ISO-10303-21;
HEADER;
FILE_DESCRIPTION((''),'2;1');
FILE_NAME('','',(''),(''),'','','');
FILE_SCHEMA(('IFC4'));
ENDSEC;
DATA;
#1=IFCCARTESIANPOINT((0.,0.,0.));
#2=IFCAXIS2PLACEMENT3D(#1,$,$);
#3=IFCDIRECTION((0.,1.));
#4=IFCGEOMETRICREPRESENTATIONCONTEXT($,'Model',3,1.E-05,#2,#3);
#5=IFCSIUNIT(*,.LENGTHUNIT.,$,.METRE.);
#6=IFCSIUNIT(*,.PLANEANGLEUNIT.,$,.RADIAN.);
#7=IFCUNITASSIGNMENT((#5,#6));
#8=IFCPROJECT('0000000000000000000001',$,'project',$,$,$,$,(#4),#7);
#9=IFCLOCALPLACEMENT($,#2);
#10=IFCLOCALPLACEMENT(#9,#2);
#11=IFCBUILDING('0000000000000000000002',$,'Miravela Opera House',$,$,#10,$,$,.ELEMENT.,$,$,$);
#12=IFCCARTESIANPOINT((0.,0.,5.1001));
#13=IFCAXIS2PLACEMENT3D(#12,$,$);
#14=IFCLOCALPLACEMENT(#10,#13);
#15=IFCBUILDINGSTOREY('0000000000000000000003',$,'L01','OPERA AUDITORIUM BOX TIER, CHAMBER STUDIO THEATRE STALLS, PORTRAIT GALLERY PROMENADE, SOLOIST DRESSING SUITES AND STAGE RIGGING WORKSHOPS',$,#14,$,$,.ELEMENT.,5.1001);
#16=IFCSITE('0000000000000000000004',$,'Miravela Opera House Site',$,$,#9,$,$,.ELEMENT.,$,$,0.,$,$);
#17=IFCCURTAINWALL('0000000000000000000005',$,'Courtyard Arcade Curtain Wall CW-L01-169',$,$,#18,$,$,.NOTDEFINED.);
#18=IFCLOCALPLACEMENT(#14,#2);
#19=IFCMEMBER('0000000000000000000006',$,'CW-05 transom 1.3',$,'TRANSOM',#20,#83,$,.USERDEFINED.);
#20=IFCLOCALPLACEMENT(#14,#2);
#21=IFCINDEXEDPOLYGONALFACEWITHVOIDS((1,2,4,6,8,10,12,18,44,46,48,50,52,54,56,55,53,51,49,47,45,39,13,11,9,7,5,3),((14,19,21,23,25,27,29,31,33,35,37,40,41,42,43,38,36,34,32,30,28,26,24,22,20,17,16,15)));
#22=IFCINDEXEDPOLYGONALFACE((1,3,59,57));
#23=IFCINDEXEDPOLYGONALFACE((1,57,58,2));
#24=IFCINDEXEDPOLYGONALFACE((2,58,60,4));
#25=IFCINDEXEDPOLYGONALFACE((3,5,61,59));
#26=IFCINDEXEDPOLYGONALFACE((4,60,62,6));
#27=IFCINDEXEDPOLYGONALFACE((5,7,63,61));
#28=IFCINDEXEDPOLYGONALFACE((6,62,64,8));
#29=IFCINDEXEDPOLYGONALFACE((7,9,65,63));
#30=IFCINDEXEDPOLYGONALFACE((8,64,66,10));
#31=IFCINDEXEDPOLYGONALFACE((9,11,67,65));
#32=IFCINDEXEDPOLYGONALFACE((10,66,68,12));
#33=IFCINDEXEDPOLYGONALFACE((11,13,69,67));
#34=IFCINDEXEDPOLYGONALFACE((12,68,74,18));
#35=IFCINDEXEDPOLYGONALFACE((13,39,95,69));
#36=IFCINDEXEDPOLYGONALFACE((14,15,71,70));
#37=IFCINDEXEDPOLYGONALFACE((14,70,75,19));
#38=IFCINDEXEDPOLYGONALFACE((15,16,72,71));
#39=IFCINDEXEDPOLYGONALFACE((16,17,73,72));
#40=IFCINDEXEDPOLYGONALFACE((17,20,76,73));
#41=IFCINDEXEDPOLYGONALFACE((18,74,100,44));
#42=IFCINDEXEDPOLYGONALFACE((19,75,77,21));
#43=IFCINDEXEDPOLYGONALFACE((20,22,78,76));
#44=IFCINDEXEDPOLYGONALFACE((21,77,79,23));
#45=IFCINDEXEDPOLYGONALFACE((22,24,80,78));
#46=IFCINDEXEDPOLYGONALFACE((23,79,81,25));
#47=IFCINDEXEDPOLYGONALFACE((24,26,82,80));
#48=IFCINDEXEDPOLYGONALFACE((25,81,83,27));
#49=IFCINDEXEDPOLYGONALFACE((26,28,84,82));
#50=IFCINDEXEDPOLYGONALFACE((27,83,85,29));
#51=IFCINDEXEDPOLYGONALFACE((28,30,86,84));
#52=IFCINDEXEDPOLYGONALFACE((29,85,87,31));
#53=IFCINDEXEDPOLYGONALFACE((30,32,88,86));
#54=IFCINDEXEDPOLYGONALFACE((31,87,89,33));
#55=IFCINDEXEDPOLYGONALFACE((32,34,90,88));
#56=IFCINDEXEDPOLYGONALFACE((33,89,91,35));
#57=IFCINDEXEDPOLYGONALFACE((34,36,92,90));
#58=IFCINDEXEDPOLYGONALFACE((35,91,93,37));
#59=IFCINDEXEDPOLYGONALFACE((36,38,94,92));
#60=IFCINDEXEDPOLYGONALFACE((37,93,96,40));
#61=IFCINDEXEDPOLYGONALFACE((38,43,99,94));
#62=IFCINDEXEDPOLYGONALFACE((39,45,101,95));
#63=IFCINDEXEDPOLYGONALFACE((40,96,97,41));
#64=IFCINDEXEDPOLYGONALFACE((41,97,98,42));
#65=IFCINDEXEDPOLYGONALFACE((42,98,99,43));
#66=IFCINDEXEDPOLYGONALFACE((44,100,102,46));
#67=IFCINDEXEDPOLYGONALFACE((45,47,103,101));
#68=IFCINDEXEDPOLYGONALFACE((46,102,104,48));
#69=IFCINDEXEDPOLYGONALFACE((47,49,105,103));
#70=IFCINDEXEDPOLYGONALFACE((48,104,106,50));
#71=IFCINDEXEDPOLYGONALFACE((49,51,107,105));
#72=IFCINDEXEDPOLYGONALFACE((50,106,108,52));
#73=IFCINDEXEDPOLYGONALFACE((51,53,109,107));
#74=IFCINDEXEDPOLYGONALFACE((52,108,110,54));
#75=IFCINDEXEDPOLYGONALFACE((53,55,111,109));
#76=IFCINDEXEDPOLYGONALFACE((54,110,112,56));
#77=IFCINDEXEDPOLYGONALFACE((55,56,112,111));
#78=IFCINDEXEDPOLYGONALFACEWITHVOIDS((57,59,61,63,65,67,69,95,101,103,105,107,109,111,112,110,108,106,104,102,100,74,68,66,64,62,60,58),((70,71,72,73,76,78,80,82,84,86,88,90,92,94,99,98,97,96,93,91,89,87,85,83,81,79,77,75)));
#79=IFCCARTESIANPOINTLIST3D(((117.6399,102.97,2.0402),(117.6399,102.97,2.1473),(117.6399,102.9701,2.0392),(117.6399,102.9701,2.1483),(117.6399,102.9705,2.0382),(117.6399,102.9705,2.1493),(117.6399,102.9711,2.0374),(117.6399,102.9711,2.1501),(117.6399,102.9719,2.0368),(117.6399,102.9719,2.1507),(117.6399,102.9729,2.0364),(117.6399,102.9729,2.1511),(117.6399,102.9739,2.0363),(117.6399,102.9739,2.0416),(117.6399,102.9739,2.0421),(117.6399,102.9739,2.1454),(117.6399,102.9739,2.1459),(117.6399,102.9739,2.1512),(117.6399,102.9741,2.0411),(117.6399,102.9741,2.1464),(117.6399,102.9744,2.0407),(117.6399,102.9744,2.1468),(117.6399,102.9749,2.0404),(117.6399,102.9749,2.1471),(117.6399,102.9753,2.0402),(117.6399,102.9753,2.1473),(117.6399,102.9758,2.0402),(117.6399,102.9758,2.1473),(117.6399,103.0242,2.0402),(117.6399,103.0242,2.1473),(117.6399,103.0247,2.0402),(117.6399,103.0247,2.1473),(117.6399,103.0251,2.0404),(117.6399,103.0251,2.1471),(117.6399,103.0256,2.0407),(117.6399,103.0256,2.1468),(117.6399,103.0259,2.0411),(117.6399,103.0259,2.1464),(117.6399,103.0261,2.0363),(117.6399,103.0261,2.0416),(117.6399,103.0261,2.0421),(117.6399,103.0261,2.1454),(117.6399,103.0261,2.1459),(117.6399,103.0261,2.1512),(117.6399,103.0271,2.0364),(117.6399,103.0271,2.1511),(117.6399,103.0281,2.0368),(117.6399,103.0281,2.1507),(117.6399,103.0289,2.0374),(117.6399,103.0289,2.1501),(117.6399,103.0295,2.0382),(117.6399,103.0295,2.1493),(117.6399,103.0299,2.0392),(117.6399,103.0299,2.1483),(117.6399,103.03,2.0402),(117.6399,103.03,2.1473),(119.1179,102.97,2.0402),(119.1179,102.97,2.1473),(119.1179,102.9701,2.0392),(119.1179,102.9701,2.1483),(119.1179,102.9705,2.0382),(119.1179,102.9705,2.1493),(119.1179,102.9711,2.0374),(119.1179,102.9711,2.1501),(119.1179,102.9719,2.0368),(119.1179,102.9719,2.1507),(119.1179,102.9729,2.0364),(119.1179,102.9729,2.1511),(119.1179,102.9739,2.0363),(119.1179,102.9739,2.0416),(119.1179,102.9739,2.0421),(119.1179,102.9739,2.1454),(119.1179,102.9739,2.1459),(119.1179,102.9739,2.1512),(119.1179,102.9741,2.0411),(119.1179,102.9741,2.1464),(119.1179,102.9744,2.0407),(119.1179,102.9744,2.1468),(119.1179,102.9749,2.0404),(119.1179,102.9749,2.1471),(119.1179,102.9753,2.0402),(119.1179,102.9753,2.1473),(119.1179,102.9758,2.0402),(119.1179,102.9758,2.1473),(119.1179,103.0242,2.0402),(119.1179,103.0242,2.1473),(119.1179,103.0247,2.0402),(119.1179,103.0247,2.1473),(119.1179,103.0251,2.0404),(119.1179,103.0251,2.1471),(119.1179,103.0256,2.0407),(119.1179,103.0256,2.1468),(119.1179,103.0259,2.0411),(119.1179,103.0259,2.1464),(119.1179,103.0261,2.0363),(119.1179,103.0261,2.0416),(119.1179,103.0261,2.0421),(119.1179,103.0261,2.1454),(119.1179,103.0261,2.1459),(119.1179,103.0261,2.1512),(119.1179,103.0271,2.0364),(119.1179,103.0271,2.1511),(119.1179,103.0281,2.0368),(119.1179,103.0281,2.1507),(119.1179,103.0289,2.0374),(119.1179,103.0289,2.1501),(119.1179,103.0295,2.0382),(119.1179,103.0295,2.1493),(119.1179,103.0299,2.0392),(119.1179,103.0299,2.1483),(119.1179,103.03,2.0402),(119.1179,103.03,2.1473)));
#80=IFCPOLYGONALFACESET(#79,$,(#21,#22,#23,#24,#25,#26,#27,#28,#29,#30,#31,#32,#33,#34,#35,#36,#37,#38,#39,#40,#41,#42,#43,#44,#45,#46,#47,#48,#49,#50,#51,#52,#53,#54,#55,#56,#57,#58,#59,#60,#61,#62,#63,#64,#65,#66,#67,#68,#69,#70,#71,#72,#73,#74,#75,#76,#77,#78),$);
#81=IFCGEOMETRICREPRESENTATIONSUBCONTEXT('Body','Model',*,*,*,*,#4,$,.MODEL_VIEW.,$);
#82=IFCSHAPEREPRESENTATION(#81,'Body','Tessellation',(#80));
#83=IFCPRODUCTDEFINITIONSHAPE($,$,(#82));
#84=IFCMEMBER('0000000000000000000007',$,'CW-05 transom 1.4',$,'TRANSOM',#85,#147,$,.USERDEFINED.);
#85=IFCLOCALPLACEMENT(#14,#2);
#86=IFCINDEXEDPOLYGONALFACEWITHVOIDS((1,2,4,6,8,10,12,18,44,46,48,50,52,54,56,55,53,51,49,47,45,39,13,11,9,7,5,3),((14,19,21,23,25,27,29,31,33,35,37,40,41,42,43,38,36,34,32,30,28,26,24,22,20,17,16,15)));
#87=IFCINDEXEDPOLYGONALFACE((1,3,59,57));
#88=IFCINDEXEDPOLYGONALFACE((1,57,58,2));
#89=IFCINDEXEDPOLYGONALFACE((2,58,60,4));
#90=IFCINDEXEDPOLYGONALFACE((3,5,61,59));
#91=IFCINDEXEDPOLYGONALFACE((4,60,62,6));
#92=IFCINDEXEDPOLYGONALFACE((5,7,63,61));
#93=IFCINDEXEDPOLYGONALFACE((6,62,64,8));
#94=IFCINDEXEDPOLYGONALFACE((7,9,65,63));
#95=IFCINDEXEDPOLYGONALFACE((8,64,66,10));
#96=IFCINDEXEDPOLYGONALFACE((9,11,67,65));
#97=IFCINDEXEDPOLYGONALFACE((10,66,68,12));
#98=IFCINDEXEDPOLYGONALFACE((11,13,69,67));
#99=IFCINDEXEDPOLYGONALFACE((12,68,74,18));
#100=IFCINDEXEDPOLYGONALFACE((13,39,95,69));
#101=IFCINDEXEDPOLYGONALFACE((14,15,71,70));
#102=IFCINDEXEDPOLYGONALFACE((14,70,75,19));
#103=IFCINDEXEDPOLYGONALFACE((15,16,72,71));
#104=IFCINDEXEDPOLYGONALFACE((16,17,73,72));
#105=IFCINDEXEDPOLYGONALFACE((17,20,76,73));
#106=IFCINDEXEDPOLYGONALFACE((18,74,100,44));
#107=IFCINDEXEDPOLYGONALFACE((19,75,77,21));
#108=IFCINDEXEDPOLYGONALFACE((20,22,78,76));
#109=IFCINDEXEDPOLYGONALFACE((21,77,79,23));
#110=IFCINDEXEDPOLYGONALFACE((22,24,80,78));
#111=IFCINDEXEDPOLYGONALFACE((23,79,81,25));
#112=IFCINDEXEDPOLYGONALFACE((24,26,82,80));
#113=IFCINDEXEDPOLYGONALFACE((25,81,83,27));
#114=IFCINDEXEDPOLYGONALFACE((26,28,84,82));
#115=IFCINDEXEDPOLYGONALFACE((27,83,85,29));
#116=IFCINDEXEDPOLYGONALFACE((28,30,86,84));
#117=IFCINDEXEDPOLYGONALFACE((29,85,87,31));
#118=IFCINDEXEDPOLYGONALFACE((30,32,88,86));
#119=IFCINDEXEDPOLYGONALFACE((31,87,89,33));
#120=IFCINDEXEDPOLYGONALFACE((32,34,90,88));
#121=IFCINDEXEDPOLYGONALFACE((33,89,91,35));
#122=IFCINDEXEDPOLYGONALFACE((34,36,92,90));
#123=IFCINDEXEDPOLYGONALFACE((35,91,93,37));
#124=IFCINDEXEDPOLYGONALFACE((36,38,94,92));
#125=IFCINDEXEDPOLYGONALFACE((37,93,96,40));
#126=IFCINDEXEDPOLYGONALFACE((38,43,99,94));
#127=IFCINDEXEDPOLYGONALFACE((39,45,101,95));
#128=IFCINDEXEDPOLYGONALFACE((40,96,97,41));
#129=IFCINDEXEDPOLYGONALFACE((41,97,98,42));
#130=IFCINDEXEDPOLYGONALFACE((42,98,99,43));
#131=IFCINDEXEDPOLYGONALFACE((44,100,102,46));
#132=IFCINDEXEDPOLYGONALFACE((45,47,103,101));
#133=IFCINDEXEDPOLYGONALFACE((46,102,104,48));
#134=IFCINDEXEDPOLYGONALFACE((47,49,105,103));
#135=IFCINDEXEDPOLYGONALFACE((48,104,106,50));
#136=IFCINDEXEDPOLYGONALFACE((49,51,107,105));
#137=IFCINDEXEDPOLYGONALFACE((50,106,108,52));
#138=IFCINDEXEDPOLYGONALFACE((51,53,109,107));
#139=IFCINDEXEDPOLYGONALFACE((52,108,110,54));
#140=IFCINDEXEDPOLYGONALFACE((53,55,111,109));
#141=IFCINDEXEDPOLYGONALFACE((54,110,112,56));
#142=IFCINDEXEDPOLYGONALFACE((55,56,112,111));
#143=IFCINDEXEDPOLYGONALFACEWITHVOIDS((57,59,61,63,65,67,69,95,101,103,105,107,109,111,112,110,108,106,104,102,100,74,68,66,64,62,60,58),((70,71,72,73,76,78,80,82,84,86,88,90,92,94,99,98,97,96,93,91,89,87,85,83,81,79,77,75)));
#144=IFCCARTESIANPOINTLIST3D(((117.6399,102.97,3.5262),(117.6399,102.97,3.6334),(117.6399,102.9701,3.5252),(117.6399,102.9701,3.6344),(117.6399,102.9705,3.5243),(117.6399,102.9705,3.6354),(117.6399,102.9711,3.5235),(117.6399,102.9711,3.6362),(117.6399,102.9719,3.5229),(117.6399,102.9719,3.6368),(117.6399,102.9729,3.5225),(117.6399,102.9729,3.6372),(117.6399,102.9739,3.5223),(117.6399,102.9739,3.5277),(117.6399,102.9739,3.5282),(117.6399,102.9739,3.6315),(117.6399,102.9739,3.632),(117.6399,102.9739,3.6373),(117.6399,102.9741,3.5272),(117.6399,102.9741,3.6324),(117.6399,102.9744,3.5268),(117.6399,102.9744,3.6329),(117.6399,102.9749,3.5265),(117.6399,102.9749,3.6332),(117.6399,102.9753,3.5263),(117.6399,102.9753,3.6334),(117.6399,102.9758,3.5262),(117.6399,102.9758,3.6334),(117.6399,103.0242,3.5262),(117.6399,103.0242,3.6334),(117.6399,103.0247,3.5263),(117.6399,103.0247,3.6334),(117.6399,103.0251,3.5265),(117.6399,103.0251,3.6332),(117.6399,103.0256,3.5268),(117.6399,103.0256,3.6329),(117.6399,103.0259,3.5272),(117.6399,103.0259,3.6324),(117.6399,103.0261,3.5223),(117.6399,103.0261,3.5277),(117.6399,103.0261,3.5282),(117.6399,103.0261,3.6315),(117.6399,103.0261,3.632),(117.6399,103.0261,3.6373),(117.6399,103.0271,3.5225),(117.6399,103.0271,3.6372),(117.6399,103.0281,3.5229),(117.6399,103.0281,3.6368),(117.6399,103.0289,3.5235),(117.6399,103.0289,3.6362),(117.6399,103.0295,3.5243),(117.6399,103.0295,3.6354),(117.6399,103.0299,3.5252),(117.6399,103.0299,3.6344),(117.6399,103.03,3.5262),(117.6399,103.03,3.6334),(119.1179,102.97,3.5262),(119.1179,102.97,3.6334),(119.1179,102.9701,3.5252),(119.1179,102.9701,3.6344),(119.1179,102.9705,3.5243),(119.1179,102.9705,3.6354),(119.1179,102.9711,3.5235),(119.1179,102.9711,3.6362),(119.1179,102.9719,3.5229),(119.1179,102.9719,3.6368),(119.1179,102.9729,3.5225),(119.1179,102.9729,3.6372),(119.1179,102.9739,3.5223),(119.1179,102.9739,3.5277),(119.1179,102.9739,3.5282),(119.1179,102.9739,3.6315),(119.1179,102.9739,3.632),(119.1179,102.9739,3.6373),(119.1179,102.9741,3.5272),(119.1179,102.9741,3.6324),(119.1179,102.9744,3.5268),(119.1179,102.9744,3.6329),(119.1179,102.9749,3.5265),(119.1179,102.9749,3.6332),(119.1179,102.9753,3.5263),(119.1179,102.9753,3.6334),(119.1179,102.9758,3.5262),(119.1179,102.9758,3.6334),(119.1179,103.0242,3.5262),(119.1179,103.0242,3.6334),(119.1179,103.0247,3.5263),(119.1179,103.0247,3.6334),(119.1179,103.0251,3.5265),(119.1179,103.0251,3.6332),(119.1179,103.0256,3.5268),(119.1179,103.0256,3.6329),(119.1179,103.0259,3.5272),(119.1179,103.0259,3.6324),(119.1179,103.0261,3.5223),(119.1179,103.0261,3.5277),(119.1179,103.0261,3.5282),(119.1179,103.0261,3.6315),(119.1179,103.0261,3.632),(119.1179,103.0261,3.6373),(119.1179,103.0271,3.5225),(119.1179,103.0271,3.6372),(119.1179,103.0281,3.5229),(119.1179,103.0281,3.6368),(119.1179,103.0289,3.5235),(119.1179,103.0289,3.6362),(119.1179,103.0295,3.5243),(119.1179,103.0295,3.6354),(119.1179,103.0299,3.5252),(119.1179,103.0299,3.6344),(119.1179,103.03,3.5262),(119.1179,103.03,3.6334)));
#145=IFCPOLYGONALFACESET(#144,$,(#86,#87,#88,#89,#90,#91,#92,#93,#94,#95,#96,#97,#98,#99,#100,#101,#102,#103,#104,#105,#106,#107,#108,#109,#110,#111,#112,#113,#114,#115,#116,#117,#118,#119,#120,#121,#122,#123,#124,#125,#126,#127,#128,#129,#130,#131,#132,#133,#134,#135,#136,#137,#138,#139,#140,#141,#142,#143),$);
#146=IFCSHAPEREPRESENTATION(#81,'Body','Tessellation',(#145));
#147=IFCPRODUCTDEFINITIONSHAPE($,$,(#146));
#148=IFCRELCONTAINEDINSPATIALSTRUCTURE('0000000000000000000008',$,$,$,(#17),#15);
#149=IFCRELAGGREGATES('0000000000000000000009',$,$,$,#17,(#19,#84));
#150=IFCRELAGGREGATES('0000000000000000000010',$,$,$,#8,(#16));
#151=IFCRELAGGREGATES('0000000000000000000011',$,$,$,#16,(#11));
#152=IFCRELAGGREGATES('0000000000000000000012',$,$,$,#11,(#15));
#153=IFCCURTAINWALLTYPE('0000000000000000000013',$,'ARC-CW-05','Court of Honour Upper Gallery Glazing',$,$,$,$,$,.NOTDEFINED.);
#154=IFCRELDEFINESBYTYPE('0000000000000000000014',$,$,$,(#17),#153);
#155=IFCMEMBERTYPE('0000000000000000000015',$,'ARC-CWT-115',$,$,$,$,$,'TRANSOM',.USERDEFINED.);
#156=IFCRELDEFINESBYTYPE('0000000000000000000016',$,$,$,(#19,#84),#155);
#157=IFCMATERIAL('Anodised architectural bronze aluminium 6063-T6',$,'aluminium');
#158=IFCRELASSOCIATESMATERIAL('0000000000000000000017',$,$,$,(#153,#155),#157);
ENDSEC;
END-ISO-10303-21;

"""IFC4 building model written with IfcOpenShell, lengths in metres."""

from ifc_helpers import new_model, si_unit, direction, frame, origin, origin_2d, place, context, subcontext, project, spatial, hollow_rectangle, extrude, material, material_profile, profile_set, type_object, element, aggregate, save


model = new_model("IFC4")

# Units and contexts
model_context = context("Model", 3, precision=1e-05, world=origin(), true_north=direction((0.0, 1.0)))
body_context = subcontext(model_context, "Body", "Model", "MODEL_VIEW")
ifc_project = project(units=[si_unit("LENGTHUNIT", "METRE"), si_unit("PLANEANGLEUNIT", "RADIAN")], contexts=[model_context])

# Site, building, storey
site_placement = place(None, origin())
site = spatial("IfcSite", under=ifc_project, at=site_placement, Name="Miravela Opera House Site", CompositionType="ELEMENT", RefElevation=0.0)
building_placement = place(site_placement, origin())
building = spatial("IfcBuilding", under=site, at=building_placement, Name="Miravela Opera House", CompositionType="ELEMENT")
storey_placement = place(building_placement, frame((0.0, 0.0, 5.1001)))
storey = spatial("IfcBuildingStorey", under=building, at=storey_placement, Name="L01", Description="OPERA AUDITORIUM BOX TIER, CHAMBER STUDIO THEATRE STALLS, PORTRAIT GALLERY PROMENADE, SOLOIST DRESSING SUITES AND STAGE RIGGING WORKSHOPS", CompositionType="ELEMENT", Elevation=5.1001)

# Curtain wall, members
ifc_material_1 = material(Name="Anodised architectural bronze aluminium 6063-T6", Category="aluminium")
curtain_wall_type = type_object("IfcCurtainWallType", Name="ARC-CW-05", Description="Court of Honour Upper Gallery Glazing", PredefinedType="NOTDEFINED", material=ifc_material_1)
curtain_wall_placement = place(storey_placement, origin())
curtain_wall = element("IfcCurtainWall", 1, at=curtain_wall_placement, inside=storey, type_object=curtain_wall_type, Name="Courtyard Arcade Curtain Wall CW-L01-169", PredefinedType="NOTDEFINED")
ifc_material_profile_1 = material_profile(ifc_material_1, hollow_rectangle(XDim=0.0601, YDim=0.115, WallThickness=0.0039, InnerFilletRadius=0.002, OuterFilletRadius=0.0039, at=origin_2d()), Name="CWT-60X115")
ifc_profile_set_1 = profile_set([ifc_material_profile_1])
member_type_1 = type_object("IfcMemberType", Name="ARC-CWT-115", ElementType="TRANSOM", PredefinedType="USERDEFINED", material=ifc_profile_set_1)
member_1_placement = place(storey_placement, frame((117.6399, 103.0, 2.0938), z_axis=(1.0, 0.0, 0.0), x_axis=(0.0, 1.0, 0.0)))
member_1 = element("IfcMember", 2, at=member_1_placement, type_object=member_type_1, Name="CW-05 transom 1.3", ObjectType="TRANSOM", PredefinedType="USERDEFINED", context=body_context, shape_type="SweptSolid", body=[
    extrude(hollow_rectangle(XDim=0.0601, YDim=0.115, WallThickness=0.0039, InnerFilletRadius=0.002, OuterFilletRadius=0.0039, at=origin_2d()), origin(), (0.0, 0.0, 1.0), 1.478),
])
member_2_placement = place(storey_placement, frame((117.6399, 103.0, 3.5798), z_axis=(1.0, 0.0, 0.0), x_axis=(0.0, 1.0, 0.0)))
member_2 = element("IfcMember", 3, at=member_2_placement, type_object=member_type_1, Name="CW-05 transom 1.4", ObjectType="TRANSOM", PredefinedType="USERDEFINED", context=body_context, shape_type="SweptSolid", body=[
    extrude(hollow_rectangle(XDim=0.0601, YDim=0.115, WallThickness=0.0039, InnerFilletRadius=0.002, OuterFilletRadius=0.0039, at=origin_2d()), origin(), (0.0, 0.0, 1.0), 1.478),
])

aggregate(curtain_wall, [member_1, member_2])

save(model, "model.ifc")
